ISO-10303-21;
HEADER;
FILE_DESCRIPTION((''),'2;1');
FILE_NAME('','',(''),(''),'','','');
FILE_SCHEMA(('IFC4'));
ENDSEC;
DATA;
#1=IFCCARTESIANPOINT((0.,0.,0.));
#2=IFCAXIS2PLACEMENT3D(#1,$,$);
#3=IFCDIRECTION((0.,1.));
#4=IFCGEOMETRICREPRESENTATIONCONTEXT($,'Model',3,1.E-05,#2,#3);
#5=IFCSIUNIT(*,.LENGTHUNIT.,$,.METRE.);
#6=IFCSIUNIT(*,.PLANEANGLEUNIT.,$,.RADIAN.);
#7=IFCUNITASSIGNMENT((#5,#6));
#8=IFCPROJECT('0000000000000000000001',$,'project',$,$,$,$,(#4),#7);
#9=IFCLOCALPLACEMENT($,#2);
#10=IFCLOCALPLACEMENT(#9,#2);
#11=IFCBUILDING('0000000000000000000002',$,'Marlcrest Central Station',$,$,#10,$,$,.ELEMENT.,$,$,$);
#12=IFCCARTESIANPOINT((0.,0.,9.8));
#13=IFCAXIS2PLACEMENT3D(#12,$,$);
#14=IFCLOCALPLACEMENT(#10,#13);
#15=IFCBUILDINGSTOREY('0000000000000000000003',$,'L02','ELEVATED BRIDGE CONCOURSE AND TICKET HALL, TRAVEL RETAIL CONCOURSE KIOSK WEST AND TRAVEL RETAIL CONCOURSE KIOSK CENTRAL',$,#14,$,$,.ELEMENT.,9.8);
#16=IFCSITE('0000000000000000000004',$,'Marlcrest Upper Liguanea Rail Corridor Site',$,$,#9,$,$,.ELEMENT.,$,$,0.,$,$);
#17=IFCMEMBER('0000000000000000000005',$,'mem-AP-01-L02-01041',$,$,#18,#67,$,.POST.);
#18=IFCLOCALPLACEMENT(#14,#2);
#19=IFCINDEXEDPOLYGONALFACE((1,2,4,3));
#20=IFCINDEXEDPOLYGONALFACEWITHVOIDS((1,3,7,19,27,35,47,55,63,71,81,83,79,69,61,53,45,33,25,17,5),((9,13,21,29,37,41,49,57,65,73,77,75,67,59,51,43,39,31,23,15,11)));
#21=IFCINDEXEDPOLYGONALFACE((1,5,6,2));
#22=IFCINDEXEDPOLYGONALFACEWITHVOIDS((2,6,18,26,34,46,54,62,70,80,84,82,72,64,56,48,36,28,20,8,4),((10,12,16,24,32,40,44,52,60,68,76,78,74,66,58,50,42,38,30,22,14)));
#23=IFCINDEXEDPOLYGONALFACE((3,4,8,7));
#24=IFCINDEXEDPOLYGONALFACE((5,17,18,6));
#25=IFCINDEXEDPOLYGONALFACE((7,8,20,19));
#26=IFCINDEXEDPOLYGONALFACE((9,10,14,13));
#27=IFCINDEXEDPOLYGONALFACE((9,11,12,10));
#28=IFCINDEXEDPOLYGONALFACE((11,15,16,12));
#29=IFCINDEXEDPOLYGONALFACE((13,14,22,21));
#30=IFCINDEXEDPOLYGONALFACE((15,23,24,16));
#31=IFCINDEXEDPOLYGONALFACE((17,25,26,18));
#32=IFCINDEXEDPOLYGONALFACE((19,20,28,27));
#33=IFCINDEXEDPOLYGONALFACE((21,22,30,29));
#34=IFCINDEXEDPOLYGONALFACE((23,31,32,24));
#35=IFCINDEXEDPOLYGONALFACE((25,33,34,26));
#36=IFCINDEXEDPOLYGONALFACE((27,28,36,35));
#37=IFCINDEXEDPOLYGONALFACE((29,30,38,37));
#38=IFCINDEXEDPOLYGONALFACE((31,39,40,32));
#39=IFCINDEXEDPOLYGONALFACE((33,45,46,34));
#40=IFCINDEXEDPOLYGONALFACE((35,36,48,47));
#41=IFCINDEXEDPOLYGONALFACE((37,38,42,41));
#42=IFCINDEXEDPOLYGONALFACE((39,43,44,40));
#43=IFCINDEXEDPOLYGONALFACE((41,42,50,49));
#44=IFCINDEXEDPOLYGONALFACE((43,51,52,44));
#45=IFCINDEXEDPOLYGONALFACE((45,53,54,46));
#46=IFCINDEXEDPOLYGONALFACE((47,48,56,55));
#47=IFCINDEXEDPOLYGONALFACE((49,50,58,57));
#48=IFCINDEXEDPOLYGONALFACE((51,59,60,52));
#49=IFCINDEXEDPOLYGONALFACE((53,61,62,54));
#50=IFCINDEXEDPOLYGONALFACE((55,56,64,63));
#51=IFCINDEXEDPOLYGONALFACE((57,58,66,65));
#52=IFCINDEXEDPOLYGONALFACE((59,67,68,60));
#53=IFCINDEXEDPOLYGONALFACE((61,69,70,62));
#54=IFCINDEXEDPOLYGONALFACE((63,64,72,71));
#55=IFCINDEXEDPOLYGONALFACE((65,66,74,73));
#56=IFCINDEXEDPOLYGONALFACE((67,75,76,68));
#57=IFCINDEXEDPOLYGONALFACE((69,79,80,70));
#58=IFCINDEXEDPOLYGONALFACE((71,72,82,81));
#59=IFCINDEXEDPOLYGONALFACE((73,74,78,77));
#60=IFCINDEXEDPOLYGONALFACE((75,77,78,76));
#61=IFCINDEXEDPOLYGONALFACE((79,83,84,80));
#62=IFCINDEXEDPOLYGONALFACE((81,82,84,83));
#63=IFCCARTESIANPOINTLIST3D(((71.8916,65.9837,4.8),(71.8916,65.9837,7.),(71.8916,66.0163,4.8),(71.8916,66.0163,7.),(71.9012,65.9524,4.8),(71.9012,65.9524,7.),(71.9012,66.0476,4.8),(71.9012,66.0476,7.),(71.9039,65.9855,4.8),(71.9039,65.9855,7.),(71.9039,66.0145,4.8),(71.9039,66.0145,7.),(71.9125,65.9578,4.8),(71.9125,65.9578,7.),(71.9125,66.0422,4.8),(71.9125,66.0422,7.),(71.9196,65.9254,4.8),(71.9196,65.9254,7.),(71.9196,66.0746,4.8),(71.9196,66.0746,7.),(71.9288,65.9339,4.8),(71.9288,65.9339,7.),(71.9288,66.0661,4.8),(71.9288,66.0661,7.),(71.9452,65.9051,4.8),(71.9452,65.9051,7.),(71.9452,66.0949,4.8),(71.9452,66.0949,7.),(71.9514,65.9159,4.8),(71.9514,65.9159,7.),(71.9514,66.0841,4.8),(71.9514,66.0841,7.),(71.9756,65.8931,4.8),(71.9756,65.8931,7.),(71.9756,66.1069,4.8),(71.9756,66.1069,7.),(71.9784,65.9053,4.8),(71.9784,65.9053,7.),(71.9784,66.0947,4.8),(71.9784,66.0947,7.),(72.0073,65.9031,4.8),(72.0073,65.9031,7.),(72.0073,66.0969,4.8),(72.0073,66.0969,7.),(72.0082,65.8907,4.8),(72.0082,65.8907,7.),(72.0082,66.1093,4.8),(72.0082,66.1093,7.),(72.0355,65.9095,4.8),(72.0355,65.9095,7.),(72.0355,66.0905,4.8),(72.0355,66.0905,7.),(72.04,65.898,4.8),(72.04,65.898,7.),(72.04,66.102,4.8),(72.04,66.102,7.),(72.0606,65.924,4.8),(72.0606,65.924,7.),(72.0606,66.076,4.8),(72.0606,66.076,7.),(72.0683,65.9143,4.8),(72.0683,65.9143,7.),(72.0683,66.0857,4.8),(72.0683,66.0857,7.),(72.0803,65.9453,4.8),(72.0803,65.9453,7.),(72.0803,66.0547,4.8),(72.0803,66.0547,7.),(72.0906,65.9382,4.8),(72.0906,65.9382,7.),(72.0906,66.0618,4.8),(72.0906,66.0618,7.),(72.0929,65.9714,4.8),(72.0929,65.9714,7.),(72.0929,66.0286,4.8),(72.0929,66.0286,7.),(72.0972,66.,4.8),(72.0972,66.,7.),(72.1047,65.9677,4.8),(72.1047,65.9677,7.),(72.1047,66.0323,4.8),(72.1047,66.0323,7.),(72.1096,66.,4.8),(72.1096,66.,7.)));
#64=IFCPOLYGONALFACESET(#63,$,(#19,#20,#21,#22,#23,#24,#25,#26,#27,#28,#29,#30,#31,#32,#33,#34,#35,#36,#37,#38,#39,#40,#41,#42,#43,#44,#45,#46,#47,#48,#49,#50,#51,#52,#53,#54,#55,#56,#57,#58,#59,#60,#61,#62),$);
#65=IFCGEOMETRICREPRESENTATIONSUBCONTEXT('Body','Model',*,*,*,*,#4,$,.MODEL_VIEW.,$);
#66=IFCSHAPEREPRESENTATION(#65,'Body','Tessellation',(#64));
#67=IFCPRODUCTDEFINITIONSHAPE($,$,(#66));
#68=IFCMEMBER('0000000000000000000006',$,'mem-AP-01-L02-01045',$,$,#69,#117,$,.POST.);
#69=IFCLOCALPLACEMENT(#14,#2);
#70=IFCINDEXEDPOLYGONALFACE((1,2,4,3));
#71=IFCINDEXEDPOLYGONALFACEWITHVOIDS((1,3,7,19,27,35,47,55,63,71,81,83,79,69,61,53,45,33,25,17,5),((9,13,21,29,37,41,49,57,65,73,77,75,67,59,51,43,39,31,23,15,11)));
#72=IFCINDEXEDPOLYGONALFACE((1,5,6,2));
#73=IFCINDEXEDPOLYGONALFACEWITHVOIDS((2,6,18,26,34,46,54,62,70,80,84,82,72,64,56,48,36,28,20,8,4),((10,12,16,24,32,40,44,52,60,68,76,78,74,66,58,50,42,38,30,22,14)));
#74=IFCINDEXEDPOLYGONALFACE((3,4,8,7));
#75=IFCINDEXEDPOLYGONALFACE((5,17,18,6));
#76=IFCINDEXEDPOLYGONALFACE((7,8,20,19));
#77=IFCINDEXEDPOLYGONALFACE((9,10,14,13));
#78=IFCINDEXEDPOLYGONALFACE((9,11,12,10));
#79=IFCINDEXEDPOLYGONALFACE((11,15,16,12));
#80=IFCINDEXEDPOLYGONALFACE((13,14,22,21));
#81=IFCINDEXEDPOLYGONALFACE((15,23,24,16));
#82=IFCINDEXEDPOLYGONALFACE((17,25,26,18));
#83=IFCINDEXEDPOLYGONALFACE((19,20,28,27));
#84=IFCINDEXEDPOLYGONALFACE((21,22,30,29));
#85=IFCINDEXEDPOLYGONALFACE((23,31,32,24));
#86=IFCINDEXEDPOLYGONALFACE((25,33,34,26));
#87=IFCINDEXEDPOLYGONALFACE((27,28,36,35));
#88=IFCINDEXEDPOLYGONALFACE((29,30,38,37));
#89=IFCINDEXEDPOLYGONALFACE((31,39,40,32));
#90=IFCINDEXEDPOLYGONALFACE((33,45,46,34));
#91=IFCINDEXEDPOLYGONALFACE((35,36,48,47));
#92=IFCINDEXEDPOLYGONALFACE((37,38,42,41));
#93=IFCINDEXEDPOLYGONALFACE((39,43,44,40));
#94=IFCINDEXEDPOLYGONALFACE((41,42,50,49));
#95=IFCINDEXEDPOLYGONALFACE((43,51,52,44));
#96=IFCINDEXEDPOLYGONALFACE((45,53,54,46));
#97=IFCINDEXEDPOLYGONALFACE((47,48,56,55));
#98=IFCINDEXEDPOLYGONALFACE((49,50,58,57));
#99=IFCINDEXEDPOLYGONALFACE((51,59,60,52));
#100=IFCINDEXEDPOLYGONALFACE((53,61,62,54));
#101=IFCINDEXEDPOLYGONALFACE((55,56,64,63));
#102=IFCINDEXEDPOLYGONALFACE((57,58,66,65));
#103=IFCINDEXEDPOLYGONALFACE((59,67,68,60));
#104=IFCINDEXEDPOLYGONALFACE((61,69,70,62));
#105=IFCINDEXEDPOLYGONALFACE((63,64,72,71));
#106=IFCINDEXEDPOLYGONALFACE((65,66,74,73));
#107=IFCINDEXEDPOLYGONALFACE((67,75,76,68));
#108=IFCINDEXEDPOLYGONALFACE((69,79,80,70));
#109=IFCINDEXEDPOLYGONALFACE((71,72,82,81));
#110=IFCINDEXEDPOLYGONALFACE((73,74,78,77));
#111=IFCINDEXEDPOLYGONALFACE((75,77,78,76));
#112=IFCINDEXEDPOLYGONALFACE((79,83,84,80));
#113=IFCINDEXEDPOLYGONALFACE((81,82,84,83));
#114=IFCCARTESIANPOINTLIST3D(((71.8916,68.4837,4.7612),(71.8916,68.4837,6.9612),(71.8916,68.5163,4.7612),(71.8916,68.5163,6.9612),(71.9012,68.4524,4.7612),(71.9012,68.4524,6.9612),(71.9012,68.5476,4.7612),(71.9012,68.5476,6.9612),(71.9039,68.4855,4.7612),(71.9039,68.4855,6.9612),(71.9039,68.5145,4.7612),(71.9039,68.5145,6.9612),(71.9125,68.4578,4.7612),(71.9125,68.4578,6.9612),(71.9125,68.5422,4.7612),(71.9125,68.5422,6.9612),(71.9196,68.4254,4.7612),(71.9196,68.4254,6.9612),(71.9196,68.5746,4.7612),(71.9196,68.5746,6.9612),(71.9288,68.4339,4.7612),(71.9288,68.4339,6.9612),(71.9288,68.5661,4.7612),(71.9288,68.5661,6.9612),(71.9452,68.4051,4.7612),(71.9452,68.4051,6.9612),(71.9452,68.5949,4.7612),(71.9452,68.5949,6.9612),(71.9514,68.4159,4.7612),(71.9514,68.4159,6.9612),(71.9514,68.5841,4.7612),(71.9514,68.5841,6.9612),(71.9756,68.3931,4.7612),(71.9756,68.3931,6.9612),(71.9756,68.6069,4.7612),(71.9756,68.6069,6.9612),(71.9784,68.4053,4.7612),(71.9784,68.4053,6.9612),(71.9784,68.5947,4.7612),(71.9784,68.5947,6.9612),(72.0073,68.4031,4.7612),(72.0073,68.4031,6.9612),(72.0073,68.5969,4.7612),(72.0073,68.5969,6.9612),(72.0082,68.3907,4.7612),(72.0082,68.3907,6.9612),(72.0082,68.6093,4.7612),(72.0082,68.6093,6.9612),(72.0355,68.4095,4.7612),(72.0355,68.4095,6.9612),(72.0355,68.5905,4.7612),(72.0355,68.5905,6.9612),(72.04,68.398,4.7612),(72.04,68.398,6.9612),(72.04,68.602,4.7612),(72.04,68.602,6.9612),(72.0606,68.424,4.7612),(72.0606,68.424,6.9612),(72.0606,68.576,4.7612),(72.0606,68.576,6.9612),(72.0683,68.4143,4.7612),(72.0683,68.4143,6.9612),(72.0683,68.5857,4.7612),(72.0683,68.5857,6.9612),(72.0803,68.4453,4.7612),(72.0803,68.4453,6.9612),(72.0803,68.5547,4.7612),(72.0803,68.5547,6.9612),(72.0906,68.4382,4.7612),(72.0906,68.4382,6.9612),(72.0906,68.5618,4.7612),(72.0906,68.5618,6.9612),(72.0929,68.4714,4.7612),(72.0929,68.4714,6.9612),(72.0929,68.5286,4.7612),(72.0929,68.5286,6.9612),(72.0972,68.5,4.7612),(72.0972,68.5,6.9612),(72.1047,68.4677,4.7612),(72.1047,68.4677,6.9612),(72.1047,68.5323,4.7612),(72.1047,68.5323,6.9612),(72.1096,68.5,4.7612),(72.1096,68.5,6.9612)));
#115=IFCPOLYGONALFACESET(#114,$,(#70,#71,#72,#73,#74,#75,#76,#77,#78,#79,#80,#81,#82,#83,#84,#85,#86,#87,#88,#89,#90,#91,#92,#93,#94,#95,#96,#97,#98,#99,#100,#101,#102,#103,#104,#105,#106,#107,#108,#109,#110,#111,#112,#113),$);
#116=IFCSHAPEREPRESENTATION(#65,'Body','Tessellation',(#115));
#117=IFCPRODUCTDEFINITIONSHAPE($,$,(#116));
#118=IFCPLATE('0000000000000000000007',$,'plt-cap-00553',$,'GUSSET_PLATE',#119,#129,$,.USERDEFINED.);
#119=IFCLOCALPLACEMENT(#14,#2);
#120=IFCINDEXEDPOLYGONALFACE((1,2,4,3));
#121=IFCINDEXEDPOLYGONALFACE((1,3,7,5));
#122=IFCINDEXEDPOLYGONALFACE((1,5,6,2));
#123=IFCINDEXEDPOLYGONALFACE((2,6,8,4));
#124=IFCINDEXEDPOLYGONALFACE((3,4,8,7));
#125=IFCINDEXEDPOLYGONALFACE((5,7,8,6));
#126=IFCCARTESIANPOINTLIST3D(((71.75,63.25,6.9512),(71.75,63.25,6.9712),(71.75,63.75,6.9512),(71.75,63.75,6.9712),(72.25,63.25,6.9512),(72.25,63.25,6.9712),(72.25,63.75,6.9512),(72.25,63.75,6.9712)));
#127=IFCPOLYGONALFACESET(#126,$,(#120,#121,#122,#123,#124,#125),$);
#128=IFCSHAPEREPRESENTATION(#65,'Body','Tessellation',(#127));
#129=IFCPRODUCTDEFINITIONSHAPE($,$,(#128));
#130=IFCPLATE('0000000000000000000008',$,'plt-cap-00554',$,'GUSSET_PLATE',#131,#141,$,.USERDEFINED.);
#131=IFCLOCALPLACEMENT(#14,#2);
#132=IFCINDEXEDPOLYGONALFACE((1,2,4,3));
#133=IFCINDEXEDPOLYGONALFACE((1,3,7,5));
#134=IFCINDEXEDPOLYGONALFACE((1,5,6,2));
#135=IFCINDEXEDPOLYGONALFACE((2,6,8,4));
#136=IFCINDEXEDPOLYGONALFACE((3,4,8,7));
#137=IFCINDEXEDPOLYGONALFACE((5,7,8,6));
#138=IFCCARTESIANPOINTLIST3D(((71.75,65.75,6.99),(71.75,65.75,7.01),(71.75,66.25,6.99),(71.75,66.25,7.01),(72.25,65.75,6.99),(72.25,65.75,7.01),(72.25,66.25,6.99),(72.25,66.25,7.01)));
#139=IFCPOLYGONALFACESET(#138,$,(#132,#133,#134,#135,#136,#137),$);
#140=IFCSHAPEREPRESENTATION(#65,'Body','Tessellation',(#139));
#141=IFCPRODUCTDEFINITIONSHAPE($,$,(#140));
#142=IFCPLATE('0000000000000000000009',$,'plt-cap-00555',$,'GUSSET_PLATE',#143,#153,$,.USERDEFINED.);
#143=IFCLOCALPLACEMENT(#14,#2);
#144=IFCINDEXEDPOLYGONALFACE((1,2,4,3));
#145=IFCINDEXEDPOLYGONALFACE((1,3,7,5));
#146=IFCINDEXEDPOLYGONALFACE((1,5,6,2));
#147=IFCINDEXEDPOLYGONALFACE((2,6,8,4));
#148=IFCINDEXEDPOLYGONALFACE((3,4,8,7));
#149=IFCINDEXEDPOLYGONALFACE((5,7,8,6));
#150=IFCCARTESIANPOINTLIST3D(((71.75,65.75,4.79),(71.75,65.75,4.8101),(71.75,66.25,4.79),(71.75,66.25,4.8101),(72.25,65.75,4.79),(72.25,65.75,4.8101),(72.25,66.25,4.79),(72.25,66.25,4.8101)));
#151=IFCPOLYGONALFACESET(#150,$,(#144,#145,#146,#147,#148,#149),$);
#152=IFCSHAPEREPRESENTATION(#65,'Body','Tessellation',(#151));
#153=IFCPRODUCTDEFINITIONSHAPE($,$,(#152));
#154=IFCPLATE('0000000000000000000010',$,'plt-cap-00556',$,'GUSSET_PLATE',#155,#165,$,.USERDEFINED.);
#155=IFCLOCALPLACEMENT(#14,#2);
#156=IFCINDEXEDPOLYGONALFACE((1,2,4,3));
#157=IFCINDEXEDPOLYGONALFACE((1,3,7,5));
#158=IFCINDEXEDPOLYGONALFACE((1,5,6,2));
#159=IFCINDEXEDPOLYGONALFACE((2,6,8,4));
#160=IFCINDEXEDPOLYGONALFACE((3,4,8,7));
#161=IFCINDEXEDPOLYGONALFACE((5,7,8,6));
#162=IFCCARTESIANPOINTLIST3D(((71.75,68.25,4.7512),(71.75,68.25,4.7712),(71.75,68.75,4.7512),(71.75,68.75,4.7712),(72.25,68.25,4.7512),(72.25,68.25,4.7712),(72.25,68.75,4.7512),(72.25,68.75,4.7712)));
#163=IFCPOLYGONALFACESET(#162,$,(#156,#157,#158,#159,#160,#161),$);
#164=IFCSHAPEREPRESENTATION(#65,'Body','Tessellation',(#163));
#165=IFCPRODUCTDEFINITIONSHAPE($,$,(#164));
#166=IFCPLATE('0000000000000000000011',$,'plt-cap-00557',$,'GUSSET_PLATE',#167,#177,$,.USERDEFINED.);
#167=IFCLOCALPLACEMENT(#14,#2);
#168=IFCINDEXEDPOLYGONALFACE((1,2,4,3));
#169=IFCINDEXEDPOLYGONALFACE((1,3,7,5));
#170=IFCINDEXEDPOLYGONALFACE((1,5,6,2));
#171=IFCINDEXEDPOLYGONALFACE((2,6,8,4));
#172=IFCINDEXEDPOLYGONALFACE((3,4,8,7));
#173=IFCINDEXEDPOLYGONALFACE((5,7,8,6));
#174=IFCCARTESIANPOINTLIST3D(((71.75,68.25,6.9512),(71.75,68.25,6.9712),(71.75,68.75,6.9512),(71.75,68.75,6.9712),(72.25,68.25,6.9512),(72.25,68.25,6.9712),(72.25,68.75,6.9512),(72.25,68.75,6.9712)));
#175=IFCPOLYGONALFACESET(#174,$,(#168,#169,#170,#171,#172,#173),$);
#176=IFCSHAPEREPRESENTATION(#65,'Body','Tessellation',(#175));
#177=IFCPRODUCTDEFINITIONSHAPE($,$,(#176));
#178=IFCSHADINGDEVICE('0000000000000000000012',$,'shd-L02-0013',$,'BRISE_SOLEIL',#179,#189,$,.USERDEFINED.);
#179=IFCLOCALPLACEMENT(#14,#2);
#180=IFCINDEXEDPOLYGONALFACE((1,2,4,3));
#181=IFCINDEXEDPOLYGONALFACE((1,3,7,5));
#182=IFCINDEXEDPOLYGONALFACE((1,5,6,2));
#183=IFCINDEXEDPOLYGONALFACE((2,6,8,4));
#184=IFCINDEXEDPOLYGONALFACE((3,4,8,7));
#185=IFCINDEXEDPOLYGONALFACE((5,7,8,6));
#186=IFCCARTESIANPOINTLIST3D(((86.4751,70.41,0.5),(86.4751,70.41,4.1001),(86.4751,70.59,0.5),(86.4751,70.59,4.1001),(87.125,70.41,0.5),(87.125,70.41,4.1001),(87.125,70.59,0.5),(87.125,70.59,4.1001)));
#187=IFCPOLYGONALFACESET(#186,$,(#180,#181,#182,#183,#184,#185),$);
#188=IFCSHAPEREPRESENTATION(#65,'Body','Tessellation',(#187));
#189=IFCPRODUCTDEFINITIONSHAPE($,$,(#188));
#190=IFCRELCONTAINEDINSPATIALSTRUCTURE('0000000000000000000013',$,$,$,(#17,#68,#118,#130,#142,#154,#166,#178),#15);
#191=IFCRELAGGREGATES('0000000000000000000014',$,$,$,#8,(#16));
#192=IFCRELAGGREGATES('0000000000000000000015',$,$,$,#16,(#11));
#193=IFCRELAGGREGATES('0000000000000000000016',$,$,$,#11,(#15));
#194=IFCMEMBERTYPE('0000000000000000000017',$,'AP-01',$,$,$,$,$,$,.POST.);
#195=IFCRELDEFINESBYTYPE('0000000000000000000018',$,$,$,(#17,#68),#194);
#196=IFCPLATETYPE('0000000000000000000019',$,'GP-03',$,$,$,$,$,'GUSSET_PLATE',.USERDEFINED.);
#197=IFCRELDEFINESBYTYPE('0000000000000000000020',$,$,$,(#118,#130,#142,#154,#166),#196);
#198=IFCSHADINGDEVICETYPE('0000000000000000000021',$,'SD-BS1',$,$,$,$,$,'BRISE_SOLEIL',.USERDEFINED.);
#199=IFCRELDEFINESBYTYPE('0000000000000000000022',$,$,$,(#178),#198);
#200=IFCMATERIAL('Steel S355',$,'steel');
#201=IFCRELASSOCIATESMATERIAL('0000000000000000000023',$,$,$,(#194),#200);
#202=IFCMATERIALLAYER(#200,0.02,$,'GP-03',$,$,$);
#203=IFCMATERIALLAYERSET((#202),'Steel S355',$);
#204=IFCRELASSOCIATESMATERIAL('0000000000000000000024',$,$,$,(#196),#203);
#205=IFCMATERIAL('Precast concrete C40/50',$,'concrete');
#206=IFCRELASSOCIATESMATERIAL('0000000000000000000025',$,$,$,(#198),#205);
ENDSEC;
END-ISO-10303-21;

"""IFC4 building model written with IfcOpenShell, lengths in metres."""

from ifc_helpers import new_model, si_unit, direction, frame, origin, origin_2d, place, context, subcontext, project, spatial, rectangle, hollow_circle, extrude, material, layer, layer_set, material_profile, profile_set, type_object, element, save


model = new_model("IFC4")

# Units and contexts
model_context = context("Model", 3, precision=1e-05, world=origin(), true_north=direction((0.0, 1.0)))
body_context = subcontext(model_context, "Body", "Model", "MODEL_VIEW")
ifc_project = project(units=[si_unit("LENGTHUNIT", "METRE"), si_unit("PLANEANGLEUNIT", "RADIAN")], contexts=[model_context])

# Site, building, storey
site_placement = place(None, origin())
site = spatial("IfcSite", under=ifc_project, at=site_placement, Name="Marlcrest Upper Liguanea Rail Corridor Site", CompositionType="ELEMENT", RefElevation=0.0)
building_placement = place(site_placement, origin())
building = spatial("IfcBuilding", under=site, at=building_placement, Name="Marlcrest Central Station", CompositionType="ELEMENT")
storey_placement = place(building_placement, frame((0.0, 0.0, 9.8)))
storey = spatial("IfcBuildingStorey", under=building, at=storey_placement, Name="L02", Description="ELEVATED BRIDGE CONCOURSE AND TICKET HALL, TRAVEL RETAIL CONCOURSE KIOSK WEST AND TRAVEL RETAIL CONCOURSE KIOSK CENTRAL", CompositionType="ELEMENT", Elevation=9.8)

# Members
ifc_material_1 = material(Name="Steel S355", Category="steel")
ifc_material_profile_1 = material_profile(ifc_material_1, hollow_circle(Radius=0.1096, WallThickness=0.0125, at=origin_2d()), Name="CHS 219.1x12.5")
ifc_profile_set_1 = profile_set([ifc_material_profile_1], Name="Steel S355")
member_type_1 = type_object("IfcMemberType", Name="AP-01", PredefinedType="POST", material=ifc_profile_set_1)
for number, where, z_axis, x_axis, name in (
    (1, (72.0, 66.0, 4.8), (0.0, 0.0, 1.0), (1.0, 0.0, 0.0), "mem-AP-01-L02-01041"),
    (2, (72.0, 68.5, 4.7612), (0.0, 0.0, 1.0), (1.0, 0.0, 0.0), "mem-AP-01-L02-01045"),
):
    element("IfcMember", number, at=place(storey_placement, frame(where, z_axis=z_axis, x_axis=x_axis)), inside=storey, type_object=member_type_1, Name=name, PredefinedType="POST", context=body_context, shape_type="SweptSolid", body=[
        extrude(hollow_circle(Radius=0.1096, WallThickness=0.0125, at=origin_2d()), origin(), (0.0, 0.0, 1.0), 2.2),
    ])

# Plates
ifc_layer = layer(ifc_material_1, 0.02, Name="GP-03")
ifc_layer_set = layer_set([ifc_layer], Name="Steel S355")
plate_type = type_object("IfcPlateType", Name="GP-03", ElementType="GUSSET_PLATE", PredefinedType="USERDEFINED", material=ifc_layer_set)
for number, where, z_axis, x_axis, name in (
    (3, (72.0, 63.5, 6.9512), (0.0, 0.0, 1.0), (1.0, 0.0, 0.0), "plt-cap-00553"),
    (4, (72.0, 66.0, 6.99), (0.0, 0.0, 1.0), (1.0, 0.0, 0.0), "plt-cap-00554"),
    (5, (72.0, 66.0, 4.79), (0.0, 0.0, 1.0), (1.0, 0.0, 0.0), "plt-cap-00555"),
    (6, (72.0, 68.5, 4.7512), (0.0, 0.0, 1.0), (1.0, 0.0, 0.0), "plt-cap-00556"),
    (7, (72.0, 68.5, 6.9512), (0.0, 0.0, 1.0), (1.0, 0.0, 0.0), "plt-cap-00557"),
):
    element("IfcPlate", number, at=place(storey_placement, frame(where, z_axis=z_axis, x_axis=x_axis)), inside=storey, type_object=plate_type, Name=name, ObjectType="GUSSET_PLATE", PredefinedType="USERDEFINED", context=body_context, shape_type="SweptSolid", body=[
        extrude(rectangle(XDim=0.5, YDim=0.5, at=origin_2d()), origin(), (0.0, 0.0, 1.0), 0.02),
    ])

# Shading device
ifc_material_2 = material(Name="Precast concrete C40/50", Category="concrete")
shading_device_type = type_object("IfcShadingDeviceType", Name="SD-BS1", ElementType="BRISE_SOLEIL", PredefinedType="USERDEFINED", material=ifc_material_2)
shading_device_placement = place(storey_placement, frame((86.8, 70.5, 0.5), z_axis=(0.0, 0.0, 1.0), x_axis=(0.0, 1.0, 0.0)))
element("IfcShadingDevice", 8, at=shading_device_placement, inside=storey, type_object=shading_device_type, Name="shd-L02-0013", ObjectType="BRISE_SOLEIL", PredefinedType="USERDEFINED", context=body_context, shape_type="SweptSolid", body=[
    extrude(rectangle(XDim=0.1799, YDim=0.6499, at=origin_2d()), origin(), (0.0, 0.0, 1.0), 3.6001),
])

save(model, "model.ifc")
